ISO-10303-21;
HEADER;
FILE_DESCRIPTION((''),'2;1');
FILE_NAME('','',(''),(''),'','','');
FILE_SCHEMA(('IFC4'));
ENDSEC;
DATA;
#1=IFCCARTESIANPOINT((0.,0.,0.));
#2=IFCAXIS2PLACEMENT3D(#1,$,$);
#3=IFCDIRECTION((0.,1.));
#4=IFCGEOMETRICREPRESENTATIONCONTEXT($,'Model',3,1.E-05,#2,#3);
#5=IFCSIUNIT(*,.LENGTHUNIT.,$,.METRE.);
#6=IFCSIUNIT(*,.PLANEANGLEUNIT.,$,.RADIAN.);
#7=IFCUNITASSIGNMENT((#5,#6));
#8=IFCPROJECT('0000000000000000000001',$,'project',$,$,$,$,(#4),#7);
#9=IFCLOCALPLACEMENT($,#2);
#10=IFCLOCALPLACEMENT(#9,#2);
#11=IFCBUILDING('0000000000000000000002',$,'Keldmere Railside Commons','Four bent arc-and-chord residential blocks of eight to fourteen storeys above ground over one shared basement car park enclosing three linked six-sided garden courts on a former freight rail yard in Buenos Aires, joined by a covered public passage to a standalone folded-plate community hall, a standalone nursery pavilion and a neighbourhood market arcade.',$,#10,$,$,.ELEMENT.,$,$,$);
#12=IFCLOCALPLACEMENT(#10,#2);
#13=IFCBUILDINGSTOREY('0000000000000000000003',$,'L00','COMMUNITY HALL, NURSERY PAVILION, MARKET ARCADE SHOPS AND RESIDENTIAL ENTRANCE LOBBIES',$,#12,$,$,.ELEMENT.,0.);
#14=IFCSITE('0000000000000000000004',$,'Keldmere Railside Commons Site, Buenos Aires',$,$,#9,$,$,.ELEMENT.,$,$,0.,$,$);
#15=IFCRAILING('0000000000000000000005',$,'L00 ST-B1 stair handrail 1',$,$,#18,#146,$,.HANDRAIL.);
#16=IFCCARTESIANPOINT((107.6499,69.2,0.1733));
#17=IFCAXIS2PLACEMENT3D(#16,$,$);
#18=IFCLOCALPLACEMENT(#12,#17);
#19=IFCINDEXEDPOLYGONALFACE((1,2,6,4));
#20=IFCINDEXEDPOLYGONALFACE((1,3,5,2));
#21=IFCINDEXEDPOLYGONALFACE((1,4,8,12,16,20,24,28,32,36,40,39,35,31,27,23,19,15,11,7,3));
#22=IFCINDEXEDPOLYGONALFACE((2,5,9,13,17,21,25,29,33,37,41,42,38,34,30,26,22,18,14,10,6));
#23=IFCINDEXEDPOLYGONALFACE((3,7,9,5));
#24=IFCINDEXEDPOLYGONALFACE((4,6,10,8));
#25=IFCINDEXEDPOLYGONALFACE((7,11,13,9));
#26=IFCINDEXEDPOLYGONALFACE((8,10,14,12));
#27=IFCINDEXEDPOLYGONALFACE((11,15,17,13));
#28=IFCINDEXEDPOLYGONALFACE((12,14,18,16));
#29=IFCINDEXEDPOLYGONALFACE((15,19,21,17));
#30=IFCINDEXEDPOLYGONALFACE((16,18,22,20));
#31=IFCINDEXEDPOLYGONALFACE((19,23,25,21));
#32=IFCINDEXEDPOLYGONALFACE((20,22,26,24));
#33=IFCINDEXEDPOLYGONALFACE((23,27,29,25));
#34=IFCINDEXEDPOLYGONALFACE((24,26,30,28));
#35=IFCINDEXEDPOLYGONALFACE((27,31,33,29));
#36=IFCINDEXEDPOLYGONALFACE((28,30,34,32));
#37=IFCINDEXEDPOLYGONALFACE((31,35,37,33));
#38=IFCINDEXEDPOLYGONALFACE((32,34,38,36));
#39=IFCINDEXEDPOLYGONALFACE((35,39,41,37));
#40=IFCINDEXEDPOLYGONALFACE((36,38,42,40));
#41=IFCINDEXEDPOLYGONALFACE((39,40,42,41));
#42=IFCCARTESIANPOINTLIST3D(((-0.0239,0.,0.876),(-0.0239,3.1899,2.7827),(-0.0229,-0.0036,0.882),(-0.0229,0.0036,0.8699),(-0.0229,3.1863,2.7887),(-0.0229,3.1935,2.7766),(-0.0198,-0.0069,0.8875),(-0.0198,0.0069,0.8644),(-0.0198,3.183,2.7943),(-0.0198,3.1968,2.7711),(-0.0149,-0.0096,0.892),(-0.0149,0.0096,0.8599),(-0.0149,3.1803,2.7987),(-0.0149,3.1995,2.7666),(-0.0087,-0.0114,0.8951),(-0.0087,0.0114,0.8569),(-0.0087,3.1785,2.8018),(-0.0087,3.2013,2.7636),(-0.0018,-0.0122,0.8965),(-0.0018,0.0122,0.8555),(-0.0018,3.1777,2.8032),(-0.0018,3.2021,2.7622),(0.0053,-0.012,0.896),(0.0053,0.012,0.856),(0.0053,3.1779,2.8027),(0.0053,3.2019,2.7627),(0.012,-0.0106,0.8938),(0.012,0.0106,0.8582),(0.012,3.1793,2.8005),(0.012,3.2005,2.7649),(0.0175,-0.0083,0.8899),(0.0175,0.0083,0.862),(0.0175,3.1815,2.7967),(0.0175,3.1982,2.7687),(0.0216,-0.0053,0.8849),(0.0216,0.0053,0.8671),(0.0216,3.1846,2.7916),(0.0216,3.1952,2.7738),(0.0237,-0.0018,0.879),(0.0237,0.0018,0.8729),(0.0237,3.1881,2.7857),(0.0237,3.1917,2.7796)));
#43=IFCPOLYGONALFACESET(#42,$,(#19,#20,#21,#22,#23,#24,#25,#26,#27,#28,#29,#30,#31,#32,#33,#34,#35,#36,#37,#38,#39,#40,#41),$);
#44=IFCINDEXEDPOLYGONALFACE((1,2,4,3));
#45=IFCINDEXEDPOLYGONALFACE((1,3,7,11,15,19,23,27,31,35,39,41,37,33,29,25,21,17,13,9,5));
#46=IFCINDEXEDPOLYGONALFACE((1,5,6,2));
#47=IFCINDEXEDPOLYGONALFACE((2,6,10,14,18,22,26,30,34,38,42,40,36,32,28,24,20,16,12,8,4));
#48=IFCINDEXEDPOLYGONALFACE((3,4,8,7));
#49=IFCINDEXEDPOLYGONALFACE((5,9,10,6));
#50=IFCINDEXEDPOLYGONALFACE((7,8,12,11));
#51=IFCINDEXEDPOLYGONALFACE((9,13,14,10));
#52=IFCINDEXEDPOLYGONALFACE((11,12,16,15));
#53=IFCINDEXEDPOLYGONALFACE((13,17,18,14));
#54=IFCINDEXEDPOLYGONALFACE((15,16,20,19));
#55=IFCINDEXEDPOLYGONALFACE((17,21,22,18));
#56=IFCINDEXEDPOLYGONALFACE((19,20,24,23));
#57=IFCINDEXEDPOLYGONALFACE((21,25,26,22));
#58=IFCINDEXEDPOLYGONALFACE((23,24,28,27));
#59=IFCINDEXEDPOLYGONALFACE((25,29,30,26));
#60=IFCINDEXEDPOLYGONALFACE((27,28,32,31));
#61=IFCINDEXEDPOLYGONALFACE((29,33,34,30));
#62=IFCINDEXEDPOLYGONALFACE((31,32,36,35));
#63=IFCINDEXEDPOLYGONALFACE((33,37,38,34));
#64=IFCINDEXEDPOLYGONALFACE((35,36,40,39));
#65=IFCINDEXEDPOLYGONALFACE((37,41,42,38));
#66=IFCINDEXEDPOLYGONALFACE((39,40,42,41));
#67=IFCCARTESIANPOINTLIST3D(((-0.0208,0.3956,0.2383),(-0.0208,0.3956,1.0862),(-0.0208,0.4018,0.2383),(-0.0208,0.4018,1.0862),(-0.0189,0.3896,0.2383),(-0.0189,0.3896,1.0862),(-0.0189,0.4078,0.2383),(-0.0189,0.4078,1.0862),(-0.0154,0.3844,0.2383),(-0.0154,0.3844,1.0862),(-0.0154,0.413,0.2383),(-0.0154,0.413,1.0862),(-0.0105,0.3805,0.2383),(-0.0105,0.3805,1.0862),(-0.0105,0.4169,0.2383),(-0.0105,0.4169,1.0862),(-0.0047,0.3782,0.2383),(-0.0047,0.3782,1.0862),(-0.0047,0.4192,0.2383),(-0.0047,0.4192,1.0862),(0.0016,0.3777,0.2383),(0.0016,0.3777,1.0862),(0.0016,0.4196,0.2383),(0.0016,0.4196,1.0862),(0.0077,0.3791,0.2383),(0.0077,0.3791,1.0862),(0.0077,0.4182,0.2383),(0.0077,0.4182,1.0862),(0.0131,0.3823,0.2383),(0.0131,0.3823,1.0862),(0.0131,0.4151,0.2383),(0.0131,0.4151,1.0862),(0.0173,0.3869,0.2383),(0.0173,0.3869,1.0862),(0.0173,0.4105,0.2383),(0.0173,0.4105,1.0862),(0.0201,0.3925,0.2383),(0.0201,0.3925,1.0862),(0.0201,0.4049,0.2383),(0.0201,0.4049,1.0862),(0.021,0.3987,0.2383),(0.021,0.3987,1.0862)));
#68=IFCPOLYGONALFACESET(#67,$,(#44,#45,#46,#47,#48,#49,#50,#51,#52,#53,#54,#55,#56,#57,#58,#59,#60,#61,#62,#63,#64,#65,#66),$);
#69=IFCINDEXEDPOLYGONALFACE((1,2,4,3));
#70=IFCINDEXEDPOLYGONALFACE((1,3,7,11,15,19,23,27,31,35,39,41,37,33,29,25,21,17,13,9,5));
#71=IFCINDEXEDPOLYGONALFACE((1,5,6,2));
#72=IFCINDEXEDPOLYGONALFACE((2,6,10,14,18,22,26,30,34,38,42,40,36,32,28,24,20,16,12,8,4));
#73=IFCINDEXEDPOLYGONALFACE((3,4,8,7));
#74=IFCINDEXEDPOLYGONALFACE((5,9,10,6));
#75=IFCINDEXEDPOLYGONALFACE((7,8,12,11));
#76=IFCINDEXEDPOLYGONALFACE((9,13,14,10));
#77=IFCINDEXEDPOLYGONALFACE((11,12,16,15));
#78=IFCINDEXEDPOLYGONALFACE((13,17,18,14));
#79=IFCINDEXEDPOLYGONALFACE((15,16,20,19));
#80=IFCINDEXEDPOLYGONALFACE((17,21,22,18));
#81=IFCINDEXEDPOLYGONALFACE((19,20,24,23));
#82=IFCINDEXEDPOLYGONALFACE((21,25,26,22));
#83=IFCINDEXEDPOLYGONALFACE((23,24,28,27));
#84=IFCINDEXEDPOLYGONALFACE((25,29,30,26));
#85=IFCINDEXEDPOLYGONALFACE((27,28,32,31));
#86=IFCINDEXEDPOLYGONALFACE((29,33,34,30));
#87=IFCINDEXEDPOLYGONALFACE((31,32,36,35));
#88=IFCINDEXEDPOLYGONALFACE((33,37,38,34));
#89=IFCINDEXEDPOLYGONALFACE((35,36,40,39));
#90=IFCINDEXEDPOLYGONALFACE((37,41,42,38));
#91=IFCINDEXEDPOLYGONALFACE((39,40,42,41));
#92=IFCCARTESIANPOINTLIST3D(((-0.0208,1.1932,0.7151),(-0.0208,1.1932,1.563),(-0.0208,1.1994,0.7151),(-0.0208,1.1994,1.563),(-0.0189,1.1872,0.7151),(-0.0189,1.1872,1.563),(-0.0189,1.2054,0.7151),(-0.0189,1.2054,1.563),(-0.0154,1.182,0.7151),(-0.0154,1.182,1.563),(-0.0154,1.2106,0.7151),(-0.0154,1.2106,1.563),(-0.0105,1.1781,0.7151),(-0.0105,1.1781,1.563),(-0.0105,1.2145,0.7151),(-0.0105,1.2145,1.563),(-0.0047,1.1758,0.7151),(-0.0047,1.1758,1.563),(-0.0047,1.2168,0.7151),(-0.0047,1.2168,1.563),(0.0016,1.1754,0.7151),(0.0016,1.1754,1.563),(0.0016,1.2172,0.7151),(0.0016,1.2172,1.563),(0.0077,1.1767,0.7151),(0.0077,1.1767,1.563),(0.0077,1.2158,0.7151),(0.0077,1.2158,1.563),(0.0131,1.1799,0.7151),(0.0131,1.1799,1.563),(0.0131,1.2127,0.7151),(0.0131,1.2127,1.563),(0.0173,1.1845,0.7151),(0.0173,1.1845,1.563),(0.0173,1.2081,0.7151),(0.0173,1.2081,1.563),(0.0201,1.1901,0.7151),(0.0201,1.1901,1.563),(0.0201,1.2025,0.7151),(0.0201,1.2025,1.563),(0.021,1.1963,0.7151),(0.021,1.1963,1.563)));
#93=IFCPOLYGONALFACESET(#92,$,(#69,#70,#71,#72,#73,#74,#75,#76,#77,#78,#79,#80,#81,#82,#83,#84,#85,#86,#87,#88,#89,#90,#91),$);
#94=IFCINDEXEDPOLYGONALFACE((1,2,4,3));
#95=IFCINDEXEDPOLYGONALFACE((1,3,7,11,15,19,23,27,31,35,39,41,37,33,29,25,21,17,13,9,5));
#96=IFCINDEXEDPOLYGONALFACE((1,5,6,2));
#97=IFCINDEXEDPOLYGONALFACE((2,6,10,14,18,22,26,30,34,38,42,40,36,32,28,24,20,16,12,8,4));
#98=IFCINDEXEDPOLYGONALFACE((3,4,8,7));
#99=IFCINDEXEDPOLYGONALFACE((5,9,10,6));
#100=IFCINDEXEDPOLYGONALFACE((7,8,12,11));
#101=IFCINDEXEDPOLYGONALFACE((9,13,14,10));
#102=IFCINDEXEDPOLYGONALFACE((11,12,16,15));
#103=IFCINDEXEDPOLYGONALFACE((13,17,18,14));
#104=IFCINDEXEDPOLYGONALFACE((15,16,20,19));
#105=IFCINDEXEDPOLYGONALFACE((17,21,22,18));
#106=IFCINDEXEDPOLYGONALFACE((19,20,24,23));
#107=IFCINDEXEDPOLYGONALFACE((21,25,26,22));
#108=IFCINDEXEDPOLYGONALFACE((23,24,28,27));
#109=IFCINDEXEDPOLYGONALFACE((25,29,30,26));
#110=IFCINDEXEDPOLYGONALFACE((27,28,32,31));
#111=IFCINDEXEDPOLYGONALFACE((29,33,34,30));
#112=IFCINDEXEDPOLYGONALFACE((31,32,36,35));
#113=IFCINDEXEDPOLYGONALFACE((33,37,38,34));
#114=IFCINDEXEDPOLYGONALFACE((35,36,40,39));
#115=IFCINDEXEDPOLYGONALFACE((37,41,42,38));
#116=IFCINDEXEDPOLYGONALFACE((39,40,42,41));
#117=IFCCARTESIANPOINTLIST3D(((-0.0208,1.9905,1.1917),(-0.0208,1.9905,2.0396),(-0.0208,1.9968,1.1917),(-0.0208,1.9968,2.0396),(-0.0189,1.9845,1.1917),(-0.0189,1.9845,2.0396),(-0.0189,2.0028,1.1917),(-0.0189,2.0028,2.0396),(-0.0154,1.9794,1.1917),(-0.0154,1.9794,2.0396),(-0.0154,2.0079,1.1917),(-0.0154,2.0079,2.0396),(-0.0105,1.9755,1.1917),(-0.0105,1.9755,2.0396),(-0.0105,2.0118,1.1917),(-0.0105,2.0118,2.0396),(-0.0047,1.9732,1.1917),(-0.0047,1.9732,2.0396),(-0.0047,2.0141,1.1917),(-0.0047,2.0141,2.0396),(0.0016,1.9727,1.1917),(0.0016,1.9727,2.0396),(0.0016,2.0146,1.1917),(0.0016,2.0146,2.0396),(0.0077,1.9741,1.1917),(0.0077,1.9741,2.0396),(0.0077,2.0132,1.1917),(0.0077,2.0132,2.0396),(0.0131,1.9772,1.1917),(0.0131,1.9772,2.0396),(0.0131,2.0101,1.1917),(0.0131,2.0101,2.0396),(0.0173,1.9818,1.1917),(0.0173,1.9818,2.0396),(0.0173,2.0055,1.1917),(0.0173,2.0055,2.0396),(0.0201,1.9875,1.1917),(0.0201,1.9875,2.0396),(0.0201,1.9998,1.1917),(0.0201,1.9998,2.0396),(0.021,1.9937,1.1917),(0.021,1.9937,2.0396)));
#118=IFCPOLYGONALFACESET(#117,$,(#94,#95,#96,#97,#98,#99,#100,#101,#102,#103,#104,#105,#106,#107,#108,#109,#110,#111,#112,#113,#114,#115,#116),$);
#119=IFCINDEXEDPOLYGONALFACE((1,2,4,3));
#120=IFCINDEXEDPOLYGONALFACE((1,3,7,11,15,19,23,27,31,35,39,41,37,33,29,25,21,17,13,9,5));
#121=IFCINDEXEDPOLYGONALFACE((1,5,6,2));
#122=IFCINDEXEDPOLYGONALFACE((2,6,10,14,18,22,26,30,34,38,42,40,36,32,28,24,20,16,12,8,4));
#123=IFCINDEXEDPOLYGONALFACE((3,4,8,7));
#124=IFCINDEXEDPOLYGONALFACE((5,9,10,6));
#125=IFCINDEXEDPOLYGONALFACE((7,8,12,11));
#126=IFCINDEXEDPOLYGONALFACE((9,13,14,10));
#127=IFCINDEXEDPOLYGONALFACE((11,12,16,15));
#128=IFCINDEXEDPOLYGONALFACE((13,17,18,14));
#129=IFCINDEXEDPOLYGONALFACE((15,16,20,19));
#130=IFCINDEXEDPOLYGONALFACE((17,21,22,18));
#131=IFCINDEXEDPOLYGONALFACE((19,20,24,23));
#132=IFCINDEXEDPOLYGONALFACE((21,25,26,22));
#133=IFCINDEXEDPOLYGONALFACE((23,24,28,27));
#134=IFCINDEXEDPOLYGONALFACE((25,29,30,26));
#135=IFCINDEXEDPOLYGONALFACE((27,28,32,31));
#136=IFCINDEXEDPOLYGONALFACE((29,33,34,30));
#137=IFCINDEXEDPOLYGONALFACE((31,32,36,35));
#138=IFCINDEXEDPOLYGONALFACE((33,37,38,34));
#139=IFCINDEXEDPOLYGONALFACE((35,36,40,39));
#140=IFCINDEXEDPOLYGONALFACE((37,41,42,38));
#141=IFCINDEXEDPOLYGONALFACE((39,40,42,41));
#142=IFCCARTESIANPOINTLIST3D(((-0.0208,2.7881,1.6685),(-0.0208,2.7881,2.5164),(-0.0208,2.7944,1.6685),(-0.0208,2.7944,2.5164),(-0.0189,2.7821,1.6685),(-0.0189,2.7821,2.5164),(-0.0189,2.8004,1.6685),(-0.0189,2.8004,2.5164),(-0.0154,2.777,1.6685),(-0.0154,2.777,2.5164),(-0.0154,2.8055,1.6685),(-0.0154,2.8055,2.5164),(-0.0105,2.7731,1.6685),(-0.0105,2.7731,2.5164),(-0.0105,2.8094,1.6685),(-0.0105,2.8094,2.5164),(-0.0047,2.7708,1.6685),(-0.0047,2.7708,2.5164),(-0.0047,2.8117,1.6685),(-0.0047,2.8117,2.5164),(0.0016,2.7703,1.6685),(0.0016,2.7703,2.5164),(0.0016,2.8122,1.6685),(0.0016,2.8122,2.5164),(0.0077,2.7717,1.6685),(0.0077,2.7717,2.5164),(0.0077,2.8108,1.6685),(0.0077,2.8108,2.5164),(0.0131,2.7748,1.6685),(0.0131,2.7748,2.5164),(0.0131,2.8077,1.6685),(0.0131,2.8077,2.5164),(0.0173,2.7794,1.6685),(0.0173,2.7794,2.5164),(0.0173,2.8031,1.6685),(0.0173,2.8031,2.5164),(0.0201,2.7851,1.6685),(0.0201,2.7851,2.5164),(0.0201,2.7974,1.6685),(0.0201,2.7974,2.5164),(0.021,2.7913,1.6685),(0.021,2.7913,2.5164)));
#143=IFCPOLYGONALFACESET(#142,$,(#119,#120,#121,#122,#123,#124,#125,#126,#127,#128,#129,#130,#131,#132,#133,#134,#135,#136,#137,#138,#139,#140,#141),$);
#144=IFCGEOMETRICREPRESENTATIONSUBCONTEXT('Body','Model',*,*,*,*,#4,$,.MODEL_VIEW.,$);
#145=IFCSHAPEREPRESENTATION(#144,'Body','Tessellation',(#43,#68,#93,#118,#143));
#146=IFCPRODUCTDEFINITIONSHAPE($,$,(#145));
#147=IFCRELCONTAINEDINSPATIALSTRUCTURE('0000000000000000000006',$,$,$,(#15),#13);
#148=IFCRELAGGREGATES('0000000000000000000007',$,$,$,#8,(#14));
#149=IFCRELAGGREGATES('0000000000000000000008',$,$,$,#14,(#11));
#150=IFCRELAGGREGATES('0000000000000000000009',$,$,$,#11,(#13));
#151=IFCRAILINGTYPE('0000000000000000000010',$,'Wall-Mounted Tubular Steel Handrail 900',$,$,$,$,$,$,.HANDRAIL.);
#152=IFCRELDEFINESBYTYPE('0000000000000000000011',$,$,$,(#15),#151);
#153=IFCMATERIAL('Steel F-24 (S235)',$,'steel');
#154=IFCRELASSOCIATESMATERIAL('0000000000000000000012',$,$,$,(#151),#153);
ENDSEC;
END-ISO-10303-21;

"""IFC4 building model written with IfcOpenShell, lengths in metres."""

from ifc_helpers import new_model, si_unit, direction, frame, origin, origin_2d, place, context, subcontext, project, spatial, circle, extrude, material, type_object, element, save


model = new_model("IFC4")

# Units and contexts
model_context = context("Model", 3, precision=1e-05, world=origin(), true_north=direction((0.0, 1.0)))
body_context = subcontext(model_context, "Body", "Model", "MODEL_VIEW")
ifc_project = project(units=[si_unit("LENGTHUNIT", "METRE"), si_unit("PLANEANGLEUNIT", "RADIAN")], contexts=[model_context])

# Site, building, storey
site_placement = place(None, origin())
site = spatial("IfcSite", under=ifc_project, at=site_placement, Name="Keldmere Railside Commons Site, Buenos Aires", CompositionType="ELEMENT", RefElevation=0.0)
building_placement = place(site_placement, origin())
building = spatial("IfcBuilding", under=site, at=building_placement, Name="Keldmere Railside Commons", Description="Four bent arc-and-chord residential blocks of eight to fourteen storeys above ground over one shared basement car park enclosing three linked six-sided garden courts on a former freight rail yard in Buenos Aires, joined by a covered public passage to a standalone folded-plate community hall, a standalone nursery pavilion and a neighbourhood market arcade.", CompositionType="ELEMENT")
storey_placement = place(building_placement, origin())
storey = spatial("IfcBuildingStorey", under=building, at=storey_placement, Name="L00", Description="COMMUNITY HALL, NURSERY PAVILION, MARKET ARCADE SHOPS AND RESIDENTIAL ENTRANCE LOBBIES", CompositionType="ELEMENT", Elevation=0.0)

# Shared definitions
ifc_material_1 = material(Name="Steel F-24 (S235)", Category="steel")

# Railing
railing_type_1 = type_object("IfcRailingType", Name="Wall-Mounted Tubular Steel Handrail 900", PredefinedType="HANDRAIL", material=ifc_material_1)
railing_1_placement = place(storey_placement, frame((107.6499, 69.2, 0.1733)))
element("IfcRailing", 1, at=railing_1_placement, inside=storey, type_object=railing_type_1, Name="L00 ST-B1 stair handrail 1", PredefinedType="HANDRAIL", context=body_context, shape_type="SweptSolid", body=[
    extrude(circle(Radius=0.0239, at=origin_2d()), frame((0.0, 0.0, 0.876), z_axis=(0.0, 0.85835, 0.513065), x_axis=(-1.0, 0.0, 0.0)), (0.0, 0.0, 1.0), 3.7163),
    extrude(circle(Radius=0.021, at=origin_2d()), frame((0.0, 0.3987, 0.2383)), (0.0, 0.0, 1.0), 0.8479),
    extrude(circle(Radius=0.021, at=origin_2d()), frame((0.0, 1.1963, 0.7151)), (0.0, 0.0, 1.0), 0.8479),
    extrude(circle(Radius=0.021, at=origin_2d()), frame((0.0, 1.9937, 1.1917)), (0.0, 0.0, 1.0), 0.8479),
    extrude(circle(Radius=0.021, at=origin_2d()), frame((0.0, 2.7913, 1.6685)), (0.0, 0.0, 1.0), 0.8479),
])

save(model, "model.ifc")
